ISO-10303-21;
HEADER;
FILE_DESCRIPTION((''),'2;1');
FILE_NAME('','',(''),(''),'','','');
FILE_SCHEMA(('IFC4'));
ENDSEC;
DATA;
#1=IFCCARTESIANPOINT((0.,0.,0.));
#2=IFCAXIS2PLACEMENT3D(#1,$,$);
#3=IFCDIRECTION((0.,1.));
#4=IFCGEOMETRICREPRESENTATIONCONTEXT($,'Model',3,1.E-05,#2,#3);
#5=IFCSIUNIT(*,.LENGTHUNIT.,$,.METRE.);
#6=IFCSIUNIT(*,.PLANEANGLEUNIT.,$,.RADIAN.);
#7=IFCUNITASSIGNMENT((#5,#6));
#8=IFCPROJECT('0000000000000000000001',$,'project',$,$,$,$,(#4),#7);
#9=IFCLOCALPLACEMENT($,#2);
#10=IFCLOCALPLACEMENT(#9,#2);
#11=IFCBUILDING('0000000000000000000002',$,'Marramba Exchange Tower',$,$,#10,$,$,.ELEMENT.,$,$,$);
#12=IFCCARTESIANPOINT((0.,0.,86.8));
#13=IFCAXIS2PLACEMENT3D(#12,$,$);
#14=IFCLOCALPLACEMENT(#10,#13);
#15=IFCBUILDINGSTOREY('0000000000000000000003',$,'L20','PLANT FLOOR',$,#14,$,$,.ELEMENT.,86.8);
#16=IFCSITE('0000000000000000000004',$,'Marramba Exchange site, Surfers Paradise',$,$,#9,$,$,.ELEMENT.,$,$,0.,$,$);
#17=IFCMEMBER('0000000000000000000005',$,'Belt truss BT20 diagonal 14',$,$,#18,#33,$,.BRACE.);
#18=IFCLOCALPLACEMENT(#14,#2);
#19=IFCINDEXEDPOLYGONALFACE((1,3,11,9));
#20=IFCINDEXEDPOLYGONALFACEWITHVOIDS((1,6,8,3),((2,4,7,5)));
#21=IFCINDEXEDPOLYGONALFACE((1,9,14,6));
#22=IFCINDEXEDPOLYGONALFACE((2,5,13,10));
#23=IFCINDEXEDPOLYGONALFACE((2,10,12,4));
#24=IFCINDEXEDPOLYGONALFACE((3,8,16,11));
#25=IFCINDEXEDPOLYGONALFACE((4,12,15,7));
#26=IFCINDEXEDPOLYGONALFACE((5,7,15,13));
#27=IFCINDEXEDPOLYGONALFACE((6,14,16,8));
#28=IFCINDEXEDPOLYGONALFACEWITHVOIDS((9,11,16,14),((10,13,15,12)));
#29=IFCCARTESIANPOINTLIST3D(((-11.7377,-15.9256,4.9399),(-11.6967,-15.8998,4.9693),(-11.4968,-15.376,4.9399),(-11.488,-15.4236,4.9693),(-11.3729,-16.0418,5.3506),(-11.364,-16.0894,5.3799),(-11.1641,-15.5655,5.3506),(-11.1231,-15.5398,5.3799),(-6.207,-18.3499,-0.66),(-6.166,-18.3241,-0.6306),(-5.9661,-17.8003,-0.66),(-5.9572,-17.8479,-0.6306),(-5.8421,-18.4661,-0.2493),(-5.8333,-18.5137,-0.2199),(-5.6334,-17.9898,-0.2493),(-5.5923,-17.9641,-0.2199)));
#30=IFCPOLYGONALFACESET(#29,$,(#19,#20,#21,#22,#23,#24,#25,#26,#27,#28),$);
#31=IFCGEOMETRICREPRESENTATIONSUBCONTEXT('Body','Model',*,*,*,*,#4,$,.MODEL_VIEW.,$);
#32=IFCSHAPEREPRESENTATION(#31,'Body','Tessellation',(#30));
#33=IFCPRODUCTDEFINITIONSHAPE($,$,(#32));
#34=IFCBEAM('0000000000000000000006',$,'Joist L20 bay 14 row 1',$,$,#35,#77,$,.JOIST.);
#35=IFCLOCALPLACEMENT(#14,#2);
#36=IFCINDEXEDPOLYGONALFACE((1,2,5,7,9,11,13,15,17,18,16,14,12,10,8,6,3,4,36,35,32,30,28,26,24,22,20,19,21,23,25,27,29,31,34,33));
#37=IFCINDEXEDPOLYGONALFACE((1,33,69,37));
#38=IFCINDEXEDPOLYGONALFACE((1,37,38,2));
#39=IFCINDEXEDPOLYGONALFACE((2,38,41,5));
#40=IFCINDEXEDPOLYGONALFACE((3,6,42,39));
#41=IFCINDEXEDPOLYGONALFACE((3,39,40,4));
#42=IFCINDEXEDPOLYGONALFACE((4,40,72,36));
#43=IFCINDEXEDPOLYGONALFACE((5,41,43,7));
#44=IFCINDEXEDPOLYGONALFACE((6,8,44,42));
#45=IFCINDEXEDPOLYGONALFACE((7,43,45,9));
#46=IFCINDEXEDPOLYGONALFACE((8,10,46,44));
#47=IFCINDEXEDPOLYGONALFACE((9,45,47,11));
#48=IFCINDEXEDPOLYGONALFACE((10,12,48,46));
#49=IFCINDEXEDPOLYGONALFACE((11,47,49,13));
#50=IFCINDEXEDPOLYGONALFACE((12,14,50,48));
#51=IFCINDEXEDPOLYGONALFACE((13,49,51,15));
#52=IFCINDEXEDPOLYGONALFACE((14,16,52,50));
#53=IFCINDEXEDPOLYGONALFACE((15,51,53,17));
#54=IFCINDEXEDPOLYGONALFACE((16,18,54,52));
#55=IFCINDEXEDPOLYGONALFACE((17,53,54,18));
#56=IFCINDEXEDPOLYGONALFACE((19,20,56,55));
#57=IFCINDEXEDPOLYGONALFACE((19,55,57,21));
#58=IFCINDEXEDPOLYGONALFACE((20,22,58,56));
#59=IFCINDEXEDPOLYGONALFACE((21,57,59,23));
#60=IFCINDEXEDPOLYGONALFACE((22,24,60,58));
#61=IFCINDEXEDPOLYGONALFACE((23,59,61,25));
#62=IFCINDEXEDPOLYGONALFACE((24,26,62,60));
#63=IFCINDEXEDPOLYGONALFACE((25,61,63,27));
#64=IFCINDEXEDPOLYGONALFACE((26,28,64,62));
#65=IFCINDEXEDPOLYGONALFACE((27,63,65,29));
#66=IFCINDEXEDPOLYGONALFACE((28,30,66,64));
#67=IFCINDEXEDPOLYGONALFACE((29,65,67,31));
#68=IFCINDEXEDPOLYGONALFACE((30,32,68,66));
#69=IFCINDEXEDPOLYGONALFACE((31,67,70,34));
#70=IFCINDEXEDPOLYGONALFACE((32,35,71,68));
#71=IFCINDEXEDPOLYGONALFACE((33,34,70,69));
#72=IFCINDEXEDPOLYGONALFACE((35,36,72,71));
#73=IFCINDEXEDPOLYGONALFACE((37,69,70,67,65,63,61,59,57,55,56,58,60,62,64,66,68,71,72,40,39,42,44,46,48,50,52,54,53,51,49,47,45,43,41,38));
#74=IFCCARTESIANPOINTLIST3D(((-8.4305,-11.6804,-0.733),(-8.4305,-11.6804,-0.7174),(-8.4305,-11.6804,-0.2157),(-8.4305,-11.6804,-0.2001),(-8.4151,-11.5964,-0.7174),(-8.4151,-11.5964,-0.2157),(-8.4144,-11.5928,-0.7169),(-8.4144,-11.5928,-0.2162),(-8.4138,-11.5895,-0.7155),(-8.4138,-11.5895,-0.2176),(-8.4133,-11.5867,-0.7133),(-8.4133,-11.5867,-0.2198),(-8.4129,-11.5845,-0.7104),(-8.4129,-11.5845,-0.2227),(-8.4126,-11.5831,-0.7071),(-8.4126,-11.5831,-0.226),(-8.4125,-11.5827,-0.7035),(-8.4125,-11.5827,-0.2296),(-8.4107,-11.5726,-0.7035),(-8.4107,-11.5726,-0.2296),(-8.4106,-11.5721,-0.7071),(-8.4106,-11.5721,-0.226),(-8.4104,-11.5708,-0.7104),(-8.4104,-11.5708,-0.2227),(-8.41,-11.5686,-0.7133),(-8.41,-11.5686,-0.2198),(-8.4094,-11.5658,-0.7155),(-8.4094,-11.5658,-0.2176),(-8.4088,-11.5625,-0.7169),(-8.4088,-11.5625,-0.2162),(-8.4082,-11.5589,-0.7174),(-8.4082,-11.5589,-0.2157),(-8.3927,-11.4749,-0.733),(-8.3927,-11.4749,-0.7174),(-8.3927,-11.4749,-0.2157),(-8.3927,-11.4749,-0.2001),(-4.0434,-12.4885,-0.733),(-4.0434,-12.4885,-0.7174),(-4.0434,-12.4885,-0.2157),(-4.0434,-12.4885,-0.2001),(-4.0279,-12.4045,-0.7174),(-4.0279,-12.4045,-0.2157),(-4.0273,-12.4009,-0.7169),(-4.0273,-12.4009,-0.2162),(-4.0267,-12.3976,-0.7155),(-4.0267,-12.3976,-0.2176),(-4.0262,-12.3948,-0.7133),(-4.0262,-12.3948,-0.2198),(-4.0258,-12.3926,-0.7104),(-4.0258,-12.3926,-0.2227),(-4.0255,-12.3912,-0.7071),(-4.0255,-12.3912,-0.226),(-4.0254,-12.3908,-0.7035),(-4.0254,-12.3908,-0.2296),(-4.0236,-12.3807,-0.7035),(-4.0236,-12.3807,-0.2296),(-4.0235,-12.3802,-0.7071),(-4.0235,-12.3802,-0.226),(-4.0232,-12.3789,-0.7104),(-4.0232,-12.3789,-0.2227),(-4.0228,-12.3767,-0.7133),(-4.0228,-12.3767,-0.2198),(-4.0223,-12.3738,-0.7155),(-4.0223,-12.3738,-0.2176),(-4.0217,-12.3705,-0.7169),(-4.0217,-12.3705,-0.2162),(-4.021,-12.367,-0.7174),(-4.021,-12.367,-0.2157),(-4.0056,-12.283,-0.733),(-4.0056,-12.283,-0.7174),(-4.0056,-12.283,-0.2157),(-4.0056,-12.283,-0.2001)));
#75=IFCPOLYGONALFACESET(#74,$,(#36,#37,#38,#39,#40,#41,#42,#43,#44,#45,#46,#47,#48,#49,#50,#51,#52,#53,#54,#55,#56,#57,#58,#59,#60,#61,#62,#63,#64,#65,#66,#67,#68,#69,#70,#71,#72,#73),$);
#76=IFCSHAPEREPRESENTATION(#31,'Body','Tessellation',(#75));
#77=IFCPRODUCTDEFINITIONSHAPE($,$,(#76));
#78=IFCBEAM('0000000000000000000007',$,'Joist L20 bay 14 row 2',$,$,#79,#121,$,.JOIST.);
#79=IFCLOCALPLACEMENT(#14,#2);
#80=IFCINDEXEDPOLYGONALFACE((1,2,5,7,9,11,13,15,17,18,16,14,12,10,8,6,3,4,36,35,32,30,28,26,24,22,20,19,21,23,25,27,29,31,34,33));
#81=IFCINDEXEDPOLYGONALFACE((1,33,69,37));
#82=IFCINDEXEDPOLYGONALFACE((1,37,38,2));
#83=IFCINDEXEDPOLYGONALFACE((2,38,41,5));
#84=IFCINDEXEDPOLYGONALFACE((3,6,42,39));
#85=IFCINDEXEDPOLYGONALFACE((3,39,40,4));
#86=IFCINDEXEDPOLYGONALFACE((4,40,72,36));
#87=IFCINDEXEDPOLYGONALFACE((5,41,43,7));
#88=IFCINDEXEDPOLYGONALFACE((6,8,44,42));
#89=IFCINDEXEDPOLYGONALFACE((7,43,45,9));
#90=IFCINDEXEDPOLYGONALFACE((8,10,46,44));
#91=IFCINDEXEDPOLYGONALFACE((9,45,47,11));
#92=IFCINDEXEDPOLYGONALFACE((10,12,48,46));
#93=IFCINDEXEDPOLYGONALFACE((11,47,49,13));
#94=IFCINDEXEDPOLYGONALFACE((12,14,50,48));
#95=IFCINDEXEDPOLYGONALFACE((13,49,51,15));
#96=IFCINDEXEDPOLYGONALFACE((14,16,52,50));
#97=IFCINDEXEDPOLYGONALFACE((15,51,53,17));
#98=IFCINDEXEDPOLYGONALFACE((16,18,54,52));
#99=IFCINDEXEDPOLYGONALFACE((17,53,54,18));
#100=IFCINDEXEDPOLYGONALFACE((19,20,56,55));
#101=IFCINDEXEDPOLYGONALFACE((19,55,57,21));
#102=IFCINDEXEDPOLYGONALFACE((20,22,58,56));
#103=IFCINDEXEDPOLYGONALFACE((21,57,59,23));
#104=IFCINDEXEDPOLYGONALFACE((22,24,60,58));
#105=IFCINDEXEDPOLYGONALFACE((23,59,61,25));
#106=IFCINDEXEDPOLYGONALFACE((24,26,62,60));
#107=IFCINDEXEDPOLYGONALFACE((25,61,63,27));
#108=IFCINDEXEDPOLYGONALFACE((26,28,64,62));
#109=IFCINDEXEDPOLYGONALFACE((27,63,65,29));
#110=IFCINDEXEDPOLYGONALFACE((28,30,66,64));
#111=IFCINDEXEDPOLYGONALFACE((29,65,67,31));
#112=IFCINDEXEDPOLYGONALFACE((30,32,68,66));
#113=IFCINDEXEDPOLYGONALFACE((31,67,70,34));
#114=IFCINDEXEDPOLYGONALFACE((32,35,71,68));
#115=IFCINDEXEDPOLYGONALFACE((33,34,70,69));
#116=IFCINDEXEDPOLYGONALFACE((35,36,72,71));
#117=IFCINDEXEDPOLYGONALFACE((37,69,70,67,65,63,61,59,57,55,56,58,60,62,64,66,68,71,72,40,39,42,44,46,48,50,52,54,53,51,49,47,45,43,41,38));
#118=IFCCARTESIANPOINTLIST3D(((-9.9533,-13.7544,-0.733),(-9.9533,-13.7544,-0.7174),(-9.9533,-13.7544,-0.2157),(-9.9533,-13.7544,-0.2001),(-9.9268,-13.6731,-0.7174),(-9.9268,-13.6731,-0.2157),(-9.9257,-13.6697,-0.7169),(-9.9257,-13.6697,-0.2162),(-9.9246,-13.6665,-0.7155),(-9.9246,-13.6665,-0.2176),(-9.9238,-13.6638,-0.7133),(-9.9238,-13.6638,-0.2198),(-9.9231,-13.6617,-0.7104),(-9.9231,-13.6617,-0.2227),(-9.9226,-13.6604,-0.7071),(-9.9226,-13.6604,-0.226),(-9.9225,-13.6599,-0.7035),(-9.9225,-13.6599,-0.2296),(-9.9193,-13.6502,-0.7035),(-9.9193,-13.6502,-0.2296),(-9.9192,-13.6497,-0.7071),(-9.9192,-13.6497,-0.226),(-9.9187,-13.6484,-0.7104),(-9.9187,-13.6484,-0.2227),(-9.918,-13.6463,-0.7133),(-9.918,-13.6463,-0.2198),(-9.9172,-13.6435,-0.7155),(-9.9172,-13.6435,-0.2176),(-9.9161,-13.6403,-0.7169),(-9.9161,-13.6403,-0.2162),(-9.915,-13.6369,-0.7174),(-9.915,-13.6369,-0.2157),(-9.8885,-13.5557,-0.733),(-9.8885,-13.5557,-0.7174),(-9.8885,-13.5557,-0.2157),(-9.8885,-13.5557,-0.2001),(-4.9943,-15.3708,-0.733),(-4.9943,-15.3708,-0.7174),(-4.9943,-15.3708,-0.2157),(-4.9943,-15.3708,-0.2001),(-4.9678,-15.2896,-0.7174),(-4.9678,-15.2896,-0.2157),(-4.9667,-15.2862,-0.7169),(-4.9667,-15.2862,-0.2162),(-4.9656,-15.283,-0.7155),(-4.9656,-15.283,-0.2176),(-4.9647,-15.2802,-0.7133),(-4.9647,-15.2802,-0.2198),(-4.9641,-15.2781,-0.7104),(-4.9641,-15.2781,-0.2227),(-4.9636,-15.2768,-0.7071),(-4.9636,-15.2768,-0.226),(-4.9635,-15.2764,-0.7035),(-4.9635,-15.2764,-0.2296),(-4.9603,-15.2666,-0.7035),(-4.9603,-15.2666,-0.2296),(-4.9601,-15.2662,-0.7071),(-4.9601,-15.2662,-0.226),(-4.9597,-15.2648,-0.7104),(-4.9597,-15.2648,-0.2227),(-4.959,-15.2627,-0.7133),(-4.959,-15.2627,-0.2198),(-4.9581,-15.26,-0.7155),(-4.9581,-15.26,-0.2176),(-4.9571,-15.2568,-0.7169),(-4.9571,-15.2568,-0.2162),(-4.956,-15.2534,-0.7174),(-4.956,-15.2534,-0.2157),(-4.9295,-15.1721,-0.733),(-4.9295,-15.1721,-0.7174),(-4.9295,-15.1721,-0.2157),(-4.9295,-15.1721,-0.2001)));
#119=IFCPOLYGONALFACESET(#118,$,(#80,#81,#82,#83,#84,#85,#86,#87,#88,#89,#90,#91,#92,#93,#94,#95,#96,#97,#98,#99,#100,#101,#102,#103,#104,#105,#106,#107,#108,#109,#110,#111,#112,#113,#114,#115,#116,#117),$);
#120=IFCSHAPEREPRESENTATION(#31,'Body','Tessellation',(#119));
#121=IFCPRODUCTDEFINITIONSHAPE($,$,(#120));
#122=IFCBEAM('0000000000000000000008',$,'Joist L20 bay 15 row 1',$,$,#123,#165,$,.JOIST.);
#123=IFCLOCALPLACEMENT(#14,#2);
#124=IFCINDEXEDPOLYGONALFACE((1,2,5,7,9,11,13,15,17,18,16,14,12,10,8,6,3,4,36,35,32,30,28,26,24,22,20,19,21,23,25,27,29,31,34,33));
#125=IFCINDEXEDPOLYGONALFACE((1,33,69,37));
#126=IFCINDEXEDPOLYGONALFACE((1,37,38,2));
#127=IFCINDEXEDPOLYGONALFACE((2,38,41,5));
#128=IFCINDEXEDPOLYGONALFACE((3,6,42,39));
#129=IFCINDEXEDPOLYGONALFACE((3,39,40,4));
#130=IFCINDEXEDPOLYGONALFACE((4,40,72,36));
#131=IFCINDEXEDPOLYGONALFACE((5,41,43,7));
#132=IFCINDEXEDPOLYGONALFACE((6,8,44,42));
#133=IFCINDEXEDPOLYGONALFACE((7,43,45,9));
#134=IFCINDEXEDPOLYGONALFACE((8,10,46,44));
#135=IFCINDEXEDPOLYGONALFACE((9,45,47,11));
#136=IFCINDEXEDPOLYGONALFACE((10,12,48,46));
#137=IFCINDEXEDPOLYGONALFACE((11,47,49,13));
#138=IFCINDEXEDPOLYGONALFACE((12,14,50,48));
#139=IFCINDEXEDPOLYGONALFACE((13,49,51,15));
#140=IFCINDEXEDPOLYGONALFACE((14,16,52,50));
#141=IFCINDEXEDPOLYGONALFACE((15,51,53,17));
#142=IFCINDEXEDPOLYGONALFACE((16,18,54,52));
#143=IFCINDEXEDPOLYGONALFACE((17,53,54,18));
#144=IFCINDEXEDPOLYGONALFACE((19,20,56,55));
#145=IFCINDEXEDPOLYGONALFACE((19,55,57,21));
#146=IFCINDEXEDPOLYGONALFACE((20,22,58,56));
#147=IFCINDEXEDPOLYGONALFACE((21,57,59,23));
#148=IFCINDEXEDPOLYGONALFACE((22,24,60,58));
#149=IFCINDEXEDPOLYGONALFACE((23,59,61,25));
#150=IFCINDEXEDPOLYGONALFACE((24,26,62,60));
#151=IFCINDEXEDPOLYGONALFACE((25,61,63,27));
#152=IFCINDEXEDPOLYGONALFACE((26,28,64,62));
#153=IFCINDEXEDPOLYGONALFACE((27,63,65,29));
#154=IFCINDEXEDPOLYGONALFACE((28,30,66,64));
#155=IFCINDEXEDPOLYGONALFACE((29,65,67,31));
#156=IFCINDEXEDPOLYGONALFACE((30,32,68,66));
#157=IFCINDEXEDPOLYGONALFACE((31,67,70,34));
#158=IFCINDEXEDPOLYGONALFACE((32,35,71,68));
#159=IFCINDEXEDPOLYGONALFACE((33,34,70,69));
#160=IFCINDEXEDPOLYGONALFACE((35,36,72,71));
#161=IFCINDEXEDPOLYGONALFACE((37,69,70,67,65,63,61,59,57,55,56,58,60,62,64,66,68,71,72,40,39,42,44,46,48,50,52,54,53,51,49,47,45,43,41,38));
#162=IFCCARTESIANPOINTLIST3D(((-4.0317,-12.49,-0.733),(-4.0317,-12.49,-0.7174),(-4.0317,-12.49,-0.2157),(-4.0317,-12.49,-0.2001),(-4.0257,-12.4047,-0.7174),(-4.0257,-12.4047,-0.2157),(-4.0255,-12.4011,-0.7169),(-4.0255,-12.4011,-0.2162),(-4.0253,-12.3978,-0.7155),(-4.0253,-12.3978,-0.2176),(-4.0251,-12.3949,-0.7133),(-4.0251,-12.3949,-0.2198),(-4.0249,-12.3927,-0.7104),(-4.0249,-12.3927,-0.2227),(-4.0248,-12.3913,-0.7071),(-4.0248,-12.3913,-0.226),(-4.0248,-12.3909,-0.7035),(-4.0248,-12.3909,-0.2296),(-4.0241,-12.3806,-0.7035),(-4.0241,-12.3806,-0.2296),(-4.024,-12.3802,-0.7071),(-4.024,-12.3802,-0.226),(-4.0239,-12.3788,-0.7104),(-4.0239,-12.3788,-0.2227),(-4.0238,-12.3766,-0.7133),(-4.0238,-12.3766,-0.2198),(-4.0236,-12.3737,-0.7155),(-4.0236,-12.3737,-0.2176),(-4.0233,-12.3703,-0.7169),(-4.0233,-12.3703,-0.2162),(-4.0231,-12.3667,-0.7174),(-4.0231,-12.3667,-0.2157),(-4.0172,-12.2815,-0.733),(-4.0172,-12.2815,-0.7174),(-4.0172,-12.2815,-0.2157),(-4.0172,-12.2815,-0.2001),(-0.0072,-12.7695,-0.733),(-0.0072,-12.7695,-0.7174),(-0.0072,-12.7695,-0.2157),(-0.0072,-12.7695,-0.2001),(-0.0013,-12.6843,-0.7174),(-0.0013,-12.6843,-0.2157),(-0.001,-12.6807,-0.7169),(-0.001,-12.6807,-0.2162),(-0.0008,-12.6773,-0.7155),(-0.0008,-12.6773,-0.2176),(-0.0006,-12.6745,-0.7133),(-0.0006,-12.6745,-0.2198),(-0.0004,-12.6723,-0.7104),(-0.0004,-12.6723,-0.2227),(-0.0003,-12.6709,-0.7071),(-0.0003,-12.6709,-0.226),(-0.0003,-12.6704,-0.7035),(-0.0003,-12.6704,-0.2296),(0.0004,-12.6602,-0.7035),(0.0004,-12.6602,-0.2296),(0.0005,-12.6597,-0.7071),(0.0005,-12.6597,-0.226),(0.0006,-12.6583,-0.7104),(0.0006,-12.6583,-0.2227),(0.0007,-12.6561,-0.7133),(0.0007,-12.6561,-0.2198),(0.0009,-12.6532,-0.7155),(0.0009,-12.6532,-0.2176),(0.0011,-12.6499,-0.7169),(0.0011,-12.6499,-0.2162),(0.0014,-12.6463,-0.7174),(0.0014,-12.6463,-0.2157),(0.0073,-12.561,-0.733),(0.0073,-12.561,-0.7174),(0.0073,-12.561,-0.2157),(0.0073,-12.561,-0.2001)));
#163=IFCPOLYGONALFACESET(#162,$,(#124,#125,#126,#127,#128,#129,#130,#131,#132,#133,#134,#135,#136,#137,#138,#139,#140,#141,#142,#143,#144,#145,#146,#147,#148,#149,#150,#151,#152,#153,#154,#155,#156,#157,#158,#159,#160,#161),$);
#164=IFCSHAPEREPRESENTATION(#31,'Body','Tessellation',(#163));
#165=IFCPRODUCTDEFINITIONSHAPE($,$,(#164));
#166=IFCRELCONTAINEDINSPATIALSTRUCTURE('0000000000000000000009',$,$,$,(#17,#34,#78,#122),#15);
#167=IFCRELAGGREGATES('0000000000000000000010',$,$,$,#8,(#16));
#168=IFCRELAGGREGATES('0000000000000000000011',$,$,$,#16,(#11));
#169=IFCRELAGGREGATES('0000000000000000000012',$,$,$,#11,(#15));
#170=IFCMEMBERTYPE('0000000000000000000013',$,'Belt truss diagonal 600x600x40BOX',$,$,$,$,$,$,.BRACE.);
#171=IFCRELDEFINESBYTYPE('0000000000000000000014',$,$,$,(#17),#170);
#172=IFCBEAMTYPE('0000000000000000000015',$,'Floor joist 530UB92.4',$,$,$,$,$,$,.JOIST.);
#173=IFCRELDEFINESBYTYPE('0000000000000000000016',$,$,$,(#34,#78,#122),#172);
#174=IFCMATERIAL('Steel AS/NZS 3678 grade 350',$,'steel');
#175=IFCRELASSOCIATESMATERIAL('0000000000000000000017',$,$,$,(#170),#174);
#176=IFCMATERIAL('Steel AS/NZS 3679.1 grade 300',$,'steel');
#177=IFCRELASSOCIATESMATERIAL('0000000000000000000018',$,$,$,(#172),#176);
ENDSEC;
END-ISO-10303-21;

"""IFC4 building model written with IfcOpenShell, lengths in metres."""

from ifc_helpers import new_model, si_unit, direction, frame, origin, origin_2d, place, context, subcontext, project, spatial, hollow_rectangle, i_section, extrude, material, material_profile, profile_set, type_object, element, save


model = new_model("IFC4")

# Units and contexts
model_context = context("Model", 3, precision=1e-05, world=origin(), true_north=direction((0.0, 1.0)))
body_context = subcontext(model_context, "Body", "Model", "MODEL_VIEW")
ifc_project = project(units=[si_unit("LENGTHUNIT", "METRE"), si_unit("PLANEANGLEUNIT", "RADIAN")], contexts=[model_context])

# Site, building, storey
site_placement = place(None, origin())
site = spatial("IfcSite", under=ifc_project, at=site_placement, Name="Marramba Exchange site, Surfers Paradise", CompositionType="ELEMENT", RefElevation=0.0)
building_placement = place(site_placement, origin())
building = spatial("IfcBuilding", under=site, at=building_placement, Name="Marramba Exchange Tower", CompositionType="ELEMENT")
storey_placement = place(building_placement, frame((0.0, 0.0, 86.8)))
storey = spatial("IfcBuildingStorey", under=building, at=storey_placement, Name="L20", Description="PLANT FLOOR", CompositionType="ELEMENT", Elevation=86.8)

# Member
ifc_material_1 = material(Name="Steel AS/NZS 3678 grade 350", Category="steel")
ifc_material_profile_1 = material_profile(ifc_material_1, hollow_rectangle(XDim=0.6001, YDim=0.6001, WallThickness=0.04, at=origin_2d()), Name="600x600x40BOX")
ifc_profile_set_1 = profile_set([ifc_material_profile_1], Name="Steel AS/NZS 3678 grade 350")
member_type = type_object("IfcMemberType", Name="Belt truss diagonal 600x600x40BOX", PredefinedType="BRACE", material=ifc_profile_set_1)
member_placement = place(storey_placement, frame((-11.4304, -15.7327, 5.1599), z_axis=(0.671568, -0.294371, -0.679958), x_axis=(0.401459, 0.915877, 0.0)))
element("IfcMember", 1, at=member_placement, inside=storey, type_object=member_type, Name="Belt truss BT20 diagonal 14", PredefinedType="BRACE", context=body_context, shape_type="SweptSolid", body=[
    extrude(hollow_rectangle(XDim=0.6001, YDim=0.6001, WallThickness=0.04, at=origin_2d()), origin(), (0.0, 0.0, 1.0), 8.2356),
])

# Beams
ifc_material_2 = material(Name="Steel AS/NZS 3679.1 grade 300", Category="steel")
ifc_material_profile_2 = material_profile(ifc_material_2, i_section(OverallWidth=0.209, OverallDepth=0.533, WebThickness=0.0103, FlangeThickness=0.0156, FilletRadius=0.0139, at=origin_2d()), Name="530UB92.4")
ifc_profile_set_2 = profile_set([ifc_material_profile_2], Name="Steel AS/NZS 3679.1 grade 300")
beam_type_1 = type_object("IfcBeamType", Name="Floor joist 530UB92.4", PredefinedType="JOIST", material=ifc_profile_set_2)
beam_1_placement = place(storey_placement, frame((-8.4116, -11.5776, -0.4666), z_axis=(0.983456, -0.181149, 0.0), x_axis=(0.181149, 0.983456, 0.0)))
element("IfcBeam", 2, at=beam_1_placement, inside=storey, type_object=beam_type_1, Name="Joist L20 bay 14 row 1", PredefinedType="JOIST", context=body_context, shape_type="SweptSolid", body=[
    extrude(i_section(OverallWidth=0.209, OverallDepth=0.533, WebThickness=0.0103, FlangeThickness=0.0156, FilletRadius=0.0139, at=origin_2d()), origin(), (0.0, 0.0, 1.0), 4.4609),
])
beam_2_placement = place(storey_placement, frame((-9.9209, -13.655, -0.4666), z_axis=(0.950764, -0.309916, 0.0), x_axis=(0.309916, 0.950764, 0.0)))
element("IfcBeam", 3, at=beam_2_placement, inside=storey, type_object=beam_type_1, Name="Joist L20 bay 14 row 2", PredefinedType="JOIST", context=body_context, shape_type="SweptSolid", body=[
    extrude(i_section(OverallWidth=0.209, OverallDepth=0.533, WebThickness=0.0103, FlangeThickness=0.0156, FilletRadius=0.0139, at=origin_2d()), origin(), (0.0, 0.0, 1.0), 5.2158),
])
beam_3_placement = place(storey_placement, frame((-4.0244, -12.3857, -0.4666), z_axis=(0.997596, -0.069294, 0.0), x_axis=(0.069294, 0.997596, 0.0)))
element("IfcBeam", 4, at=beam_3_placement, inside=storey, type_object=beam_type_1, Name="Joist L20 bay 15 row 1", PredefinedType="JOIST", context=body_context, shape_type="SweptSolid", body=[
    extrude(i_section(OverallWidth=0.209, OverallDepth=0.533, WebThickness=0.0103, FlangeThickness=0.0156, FilletRadius=0.0139, at=origin_2d()), origin(), (0.0, 0.0, 1.0), 4.0342),
])

save(model, "model.ifc")
